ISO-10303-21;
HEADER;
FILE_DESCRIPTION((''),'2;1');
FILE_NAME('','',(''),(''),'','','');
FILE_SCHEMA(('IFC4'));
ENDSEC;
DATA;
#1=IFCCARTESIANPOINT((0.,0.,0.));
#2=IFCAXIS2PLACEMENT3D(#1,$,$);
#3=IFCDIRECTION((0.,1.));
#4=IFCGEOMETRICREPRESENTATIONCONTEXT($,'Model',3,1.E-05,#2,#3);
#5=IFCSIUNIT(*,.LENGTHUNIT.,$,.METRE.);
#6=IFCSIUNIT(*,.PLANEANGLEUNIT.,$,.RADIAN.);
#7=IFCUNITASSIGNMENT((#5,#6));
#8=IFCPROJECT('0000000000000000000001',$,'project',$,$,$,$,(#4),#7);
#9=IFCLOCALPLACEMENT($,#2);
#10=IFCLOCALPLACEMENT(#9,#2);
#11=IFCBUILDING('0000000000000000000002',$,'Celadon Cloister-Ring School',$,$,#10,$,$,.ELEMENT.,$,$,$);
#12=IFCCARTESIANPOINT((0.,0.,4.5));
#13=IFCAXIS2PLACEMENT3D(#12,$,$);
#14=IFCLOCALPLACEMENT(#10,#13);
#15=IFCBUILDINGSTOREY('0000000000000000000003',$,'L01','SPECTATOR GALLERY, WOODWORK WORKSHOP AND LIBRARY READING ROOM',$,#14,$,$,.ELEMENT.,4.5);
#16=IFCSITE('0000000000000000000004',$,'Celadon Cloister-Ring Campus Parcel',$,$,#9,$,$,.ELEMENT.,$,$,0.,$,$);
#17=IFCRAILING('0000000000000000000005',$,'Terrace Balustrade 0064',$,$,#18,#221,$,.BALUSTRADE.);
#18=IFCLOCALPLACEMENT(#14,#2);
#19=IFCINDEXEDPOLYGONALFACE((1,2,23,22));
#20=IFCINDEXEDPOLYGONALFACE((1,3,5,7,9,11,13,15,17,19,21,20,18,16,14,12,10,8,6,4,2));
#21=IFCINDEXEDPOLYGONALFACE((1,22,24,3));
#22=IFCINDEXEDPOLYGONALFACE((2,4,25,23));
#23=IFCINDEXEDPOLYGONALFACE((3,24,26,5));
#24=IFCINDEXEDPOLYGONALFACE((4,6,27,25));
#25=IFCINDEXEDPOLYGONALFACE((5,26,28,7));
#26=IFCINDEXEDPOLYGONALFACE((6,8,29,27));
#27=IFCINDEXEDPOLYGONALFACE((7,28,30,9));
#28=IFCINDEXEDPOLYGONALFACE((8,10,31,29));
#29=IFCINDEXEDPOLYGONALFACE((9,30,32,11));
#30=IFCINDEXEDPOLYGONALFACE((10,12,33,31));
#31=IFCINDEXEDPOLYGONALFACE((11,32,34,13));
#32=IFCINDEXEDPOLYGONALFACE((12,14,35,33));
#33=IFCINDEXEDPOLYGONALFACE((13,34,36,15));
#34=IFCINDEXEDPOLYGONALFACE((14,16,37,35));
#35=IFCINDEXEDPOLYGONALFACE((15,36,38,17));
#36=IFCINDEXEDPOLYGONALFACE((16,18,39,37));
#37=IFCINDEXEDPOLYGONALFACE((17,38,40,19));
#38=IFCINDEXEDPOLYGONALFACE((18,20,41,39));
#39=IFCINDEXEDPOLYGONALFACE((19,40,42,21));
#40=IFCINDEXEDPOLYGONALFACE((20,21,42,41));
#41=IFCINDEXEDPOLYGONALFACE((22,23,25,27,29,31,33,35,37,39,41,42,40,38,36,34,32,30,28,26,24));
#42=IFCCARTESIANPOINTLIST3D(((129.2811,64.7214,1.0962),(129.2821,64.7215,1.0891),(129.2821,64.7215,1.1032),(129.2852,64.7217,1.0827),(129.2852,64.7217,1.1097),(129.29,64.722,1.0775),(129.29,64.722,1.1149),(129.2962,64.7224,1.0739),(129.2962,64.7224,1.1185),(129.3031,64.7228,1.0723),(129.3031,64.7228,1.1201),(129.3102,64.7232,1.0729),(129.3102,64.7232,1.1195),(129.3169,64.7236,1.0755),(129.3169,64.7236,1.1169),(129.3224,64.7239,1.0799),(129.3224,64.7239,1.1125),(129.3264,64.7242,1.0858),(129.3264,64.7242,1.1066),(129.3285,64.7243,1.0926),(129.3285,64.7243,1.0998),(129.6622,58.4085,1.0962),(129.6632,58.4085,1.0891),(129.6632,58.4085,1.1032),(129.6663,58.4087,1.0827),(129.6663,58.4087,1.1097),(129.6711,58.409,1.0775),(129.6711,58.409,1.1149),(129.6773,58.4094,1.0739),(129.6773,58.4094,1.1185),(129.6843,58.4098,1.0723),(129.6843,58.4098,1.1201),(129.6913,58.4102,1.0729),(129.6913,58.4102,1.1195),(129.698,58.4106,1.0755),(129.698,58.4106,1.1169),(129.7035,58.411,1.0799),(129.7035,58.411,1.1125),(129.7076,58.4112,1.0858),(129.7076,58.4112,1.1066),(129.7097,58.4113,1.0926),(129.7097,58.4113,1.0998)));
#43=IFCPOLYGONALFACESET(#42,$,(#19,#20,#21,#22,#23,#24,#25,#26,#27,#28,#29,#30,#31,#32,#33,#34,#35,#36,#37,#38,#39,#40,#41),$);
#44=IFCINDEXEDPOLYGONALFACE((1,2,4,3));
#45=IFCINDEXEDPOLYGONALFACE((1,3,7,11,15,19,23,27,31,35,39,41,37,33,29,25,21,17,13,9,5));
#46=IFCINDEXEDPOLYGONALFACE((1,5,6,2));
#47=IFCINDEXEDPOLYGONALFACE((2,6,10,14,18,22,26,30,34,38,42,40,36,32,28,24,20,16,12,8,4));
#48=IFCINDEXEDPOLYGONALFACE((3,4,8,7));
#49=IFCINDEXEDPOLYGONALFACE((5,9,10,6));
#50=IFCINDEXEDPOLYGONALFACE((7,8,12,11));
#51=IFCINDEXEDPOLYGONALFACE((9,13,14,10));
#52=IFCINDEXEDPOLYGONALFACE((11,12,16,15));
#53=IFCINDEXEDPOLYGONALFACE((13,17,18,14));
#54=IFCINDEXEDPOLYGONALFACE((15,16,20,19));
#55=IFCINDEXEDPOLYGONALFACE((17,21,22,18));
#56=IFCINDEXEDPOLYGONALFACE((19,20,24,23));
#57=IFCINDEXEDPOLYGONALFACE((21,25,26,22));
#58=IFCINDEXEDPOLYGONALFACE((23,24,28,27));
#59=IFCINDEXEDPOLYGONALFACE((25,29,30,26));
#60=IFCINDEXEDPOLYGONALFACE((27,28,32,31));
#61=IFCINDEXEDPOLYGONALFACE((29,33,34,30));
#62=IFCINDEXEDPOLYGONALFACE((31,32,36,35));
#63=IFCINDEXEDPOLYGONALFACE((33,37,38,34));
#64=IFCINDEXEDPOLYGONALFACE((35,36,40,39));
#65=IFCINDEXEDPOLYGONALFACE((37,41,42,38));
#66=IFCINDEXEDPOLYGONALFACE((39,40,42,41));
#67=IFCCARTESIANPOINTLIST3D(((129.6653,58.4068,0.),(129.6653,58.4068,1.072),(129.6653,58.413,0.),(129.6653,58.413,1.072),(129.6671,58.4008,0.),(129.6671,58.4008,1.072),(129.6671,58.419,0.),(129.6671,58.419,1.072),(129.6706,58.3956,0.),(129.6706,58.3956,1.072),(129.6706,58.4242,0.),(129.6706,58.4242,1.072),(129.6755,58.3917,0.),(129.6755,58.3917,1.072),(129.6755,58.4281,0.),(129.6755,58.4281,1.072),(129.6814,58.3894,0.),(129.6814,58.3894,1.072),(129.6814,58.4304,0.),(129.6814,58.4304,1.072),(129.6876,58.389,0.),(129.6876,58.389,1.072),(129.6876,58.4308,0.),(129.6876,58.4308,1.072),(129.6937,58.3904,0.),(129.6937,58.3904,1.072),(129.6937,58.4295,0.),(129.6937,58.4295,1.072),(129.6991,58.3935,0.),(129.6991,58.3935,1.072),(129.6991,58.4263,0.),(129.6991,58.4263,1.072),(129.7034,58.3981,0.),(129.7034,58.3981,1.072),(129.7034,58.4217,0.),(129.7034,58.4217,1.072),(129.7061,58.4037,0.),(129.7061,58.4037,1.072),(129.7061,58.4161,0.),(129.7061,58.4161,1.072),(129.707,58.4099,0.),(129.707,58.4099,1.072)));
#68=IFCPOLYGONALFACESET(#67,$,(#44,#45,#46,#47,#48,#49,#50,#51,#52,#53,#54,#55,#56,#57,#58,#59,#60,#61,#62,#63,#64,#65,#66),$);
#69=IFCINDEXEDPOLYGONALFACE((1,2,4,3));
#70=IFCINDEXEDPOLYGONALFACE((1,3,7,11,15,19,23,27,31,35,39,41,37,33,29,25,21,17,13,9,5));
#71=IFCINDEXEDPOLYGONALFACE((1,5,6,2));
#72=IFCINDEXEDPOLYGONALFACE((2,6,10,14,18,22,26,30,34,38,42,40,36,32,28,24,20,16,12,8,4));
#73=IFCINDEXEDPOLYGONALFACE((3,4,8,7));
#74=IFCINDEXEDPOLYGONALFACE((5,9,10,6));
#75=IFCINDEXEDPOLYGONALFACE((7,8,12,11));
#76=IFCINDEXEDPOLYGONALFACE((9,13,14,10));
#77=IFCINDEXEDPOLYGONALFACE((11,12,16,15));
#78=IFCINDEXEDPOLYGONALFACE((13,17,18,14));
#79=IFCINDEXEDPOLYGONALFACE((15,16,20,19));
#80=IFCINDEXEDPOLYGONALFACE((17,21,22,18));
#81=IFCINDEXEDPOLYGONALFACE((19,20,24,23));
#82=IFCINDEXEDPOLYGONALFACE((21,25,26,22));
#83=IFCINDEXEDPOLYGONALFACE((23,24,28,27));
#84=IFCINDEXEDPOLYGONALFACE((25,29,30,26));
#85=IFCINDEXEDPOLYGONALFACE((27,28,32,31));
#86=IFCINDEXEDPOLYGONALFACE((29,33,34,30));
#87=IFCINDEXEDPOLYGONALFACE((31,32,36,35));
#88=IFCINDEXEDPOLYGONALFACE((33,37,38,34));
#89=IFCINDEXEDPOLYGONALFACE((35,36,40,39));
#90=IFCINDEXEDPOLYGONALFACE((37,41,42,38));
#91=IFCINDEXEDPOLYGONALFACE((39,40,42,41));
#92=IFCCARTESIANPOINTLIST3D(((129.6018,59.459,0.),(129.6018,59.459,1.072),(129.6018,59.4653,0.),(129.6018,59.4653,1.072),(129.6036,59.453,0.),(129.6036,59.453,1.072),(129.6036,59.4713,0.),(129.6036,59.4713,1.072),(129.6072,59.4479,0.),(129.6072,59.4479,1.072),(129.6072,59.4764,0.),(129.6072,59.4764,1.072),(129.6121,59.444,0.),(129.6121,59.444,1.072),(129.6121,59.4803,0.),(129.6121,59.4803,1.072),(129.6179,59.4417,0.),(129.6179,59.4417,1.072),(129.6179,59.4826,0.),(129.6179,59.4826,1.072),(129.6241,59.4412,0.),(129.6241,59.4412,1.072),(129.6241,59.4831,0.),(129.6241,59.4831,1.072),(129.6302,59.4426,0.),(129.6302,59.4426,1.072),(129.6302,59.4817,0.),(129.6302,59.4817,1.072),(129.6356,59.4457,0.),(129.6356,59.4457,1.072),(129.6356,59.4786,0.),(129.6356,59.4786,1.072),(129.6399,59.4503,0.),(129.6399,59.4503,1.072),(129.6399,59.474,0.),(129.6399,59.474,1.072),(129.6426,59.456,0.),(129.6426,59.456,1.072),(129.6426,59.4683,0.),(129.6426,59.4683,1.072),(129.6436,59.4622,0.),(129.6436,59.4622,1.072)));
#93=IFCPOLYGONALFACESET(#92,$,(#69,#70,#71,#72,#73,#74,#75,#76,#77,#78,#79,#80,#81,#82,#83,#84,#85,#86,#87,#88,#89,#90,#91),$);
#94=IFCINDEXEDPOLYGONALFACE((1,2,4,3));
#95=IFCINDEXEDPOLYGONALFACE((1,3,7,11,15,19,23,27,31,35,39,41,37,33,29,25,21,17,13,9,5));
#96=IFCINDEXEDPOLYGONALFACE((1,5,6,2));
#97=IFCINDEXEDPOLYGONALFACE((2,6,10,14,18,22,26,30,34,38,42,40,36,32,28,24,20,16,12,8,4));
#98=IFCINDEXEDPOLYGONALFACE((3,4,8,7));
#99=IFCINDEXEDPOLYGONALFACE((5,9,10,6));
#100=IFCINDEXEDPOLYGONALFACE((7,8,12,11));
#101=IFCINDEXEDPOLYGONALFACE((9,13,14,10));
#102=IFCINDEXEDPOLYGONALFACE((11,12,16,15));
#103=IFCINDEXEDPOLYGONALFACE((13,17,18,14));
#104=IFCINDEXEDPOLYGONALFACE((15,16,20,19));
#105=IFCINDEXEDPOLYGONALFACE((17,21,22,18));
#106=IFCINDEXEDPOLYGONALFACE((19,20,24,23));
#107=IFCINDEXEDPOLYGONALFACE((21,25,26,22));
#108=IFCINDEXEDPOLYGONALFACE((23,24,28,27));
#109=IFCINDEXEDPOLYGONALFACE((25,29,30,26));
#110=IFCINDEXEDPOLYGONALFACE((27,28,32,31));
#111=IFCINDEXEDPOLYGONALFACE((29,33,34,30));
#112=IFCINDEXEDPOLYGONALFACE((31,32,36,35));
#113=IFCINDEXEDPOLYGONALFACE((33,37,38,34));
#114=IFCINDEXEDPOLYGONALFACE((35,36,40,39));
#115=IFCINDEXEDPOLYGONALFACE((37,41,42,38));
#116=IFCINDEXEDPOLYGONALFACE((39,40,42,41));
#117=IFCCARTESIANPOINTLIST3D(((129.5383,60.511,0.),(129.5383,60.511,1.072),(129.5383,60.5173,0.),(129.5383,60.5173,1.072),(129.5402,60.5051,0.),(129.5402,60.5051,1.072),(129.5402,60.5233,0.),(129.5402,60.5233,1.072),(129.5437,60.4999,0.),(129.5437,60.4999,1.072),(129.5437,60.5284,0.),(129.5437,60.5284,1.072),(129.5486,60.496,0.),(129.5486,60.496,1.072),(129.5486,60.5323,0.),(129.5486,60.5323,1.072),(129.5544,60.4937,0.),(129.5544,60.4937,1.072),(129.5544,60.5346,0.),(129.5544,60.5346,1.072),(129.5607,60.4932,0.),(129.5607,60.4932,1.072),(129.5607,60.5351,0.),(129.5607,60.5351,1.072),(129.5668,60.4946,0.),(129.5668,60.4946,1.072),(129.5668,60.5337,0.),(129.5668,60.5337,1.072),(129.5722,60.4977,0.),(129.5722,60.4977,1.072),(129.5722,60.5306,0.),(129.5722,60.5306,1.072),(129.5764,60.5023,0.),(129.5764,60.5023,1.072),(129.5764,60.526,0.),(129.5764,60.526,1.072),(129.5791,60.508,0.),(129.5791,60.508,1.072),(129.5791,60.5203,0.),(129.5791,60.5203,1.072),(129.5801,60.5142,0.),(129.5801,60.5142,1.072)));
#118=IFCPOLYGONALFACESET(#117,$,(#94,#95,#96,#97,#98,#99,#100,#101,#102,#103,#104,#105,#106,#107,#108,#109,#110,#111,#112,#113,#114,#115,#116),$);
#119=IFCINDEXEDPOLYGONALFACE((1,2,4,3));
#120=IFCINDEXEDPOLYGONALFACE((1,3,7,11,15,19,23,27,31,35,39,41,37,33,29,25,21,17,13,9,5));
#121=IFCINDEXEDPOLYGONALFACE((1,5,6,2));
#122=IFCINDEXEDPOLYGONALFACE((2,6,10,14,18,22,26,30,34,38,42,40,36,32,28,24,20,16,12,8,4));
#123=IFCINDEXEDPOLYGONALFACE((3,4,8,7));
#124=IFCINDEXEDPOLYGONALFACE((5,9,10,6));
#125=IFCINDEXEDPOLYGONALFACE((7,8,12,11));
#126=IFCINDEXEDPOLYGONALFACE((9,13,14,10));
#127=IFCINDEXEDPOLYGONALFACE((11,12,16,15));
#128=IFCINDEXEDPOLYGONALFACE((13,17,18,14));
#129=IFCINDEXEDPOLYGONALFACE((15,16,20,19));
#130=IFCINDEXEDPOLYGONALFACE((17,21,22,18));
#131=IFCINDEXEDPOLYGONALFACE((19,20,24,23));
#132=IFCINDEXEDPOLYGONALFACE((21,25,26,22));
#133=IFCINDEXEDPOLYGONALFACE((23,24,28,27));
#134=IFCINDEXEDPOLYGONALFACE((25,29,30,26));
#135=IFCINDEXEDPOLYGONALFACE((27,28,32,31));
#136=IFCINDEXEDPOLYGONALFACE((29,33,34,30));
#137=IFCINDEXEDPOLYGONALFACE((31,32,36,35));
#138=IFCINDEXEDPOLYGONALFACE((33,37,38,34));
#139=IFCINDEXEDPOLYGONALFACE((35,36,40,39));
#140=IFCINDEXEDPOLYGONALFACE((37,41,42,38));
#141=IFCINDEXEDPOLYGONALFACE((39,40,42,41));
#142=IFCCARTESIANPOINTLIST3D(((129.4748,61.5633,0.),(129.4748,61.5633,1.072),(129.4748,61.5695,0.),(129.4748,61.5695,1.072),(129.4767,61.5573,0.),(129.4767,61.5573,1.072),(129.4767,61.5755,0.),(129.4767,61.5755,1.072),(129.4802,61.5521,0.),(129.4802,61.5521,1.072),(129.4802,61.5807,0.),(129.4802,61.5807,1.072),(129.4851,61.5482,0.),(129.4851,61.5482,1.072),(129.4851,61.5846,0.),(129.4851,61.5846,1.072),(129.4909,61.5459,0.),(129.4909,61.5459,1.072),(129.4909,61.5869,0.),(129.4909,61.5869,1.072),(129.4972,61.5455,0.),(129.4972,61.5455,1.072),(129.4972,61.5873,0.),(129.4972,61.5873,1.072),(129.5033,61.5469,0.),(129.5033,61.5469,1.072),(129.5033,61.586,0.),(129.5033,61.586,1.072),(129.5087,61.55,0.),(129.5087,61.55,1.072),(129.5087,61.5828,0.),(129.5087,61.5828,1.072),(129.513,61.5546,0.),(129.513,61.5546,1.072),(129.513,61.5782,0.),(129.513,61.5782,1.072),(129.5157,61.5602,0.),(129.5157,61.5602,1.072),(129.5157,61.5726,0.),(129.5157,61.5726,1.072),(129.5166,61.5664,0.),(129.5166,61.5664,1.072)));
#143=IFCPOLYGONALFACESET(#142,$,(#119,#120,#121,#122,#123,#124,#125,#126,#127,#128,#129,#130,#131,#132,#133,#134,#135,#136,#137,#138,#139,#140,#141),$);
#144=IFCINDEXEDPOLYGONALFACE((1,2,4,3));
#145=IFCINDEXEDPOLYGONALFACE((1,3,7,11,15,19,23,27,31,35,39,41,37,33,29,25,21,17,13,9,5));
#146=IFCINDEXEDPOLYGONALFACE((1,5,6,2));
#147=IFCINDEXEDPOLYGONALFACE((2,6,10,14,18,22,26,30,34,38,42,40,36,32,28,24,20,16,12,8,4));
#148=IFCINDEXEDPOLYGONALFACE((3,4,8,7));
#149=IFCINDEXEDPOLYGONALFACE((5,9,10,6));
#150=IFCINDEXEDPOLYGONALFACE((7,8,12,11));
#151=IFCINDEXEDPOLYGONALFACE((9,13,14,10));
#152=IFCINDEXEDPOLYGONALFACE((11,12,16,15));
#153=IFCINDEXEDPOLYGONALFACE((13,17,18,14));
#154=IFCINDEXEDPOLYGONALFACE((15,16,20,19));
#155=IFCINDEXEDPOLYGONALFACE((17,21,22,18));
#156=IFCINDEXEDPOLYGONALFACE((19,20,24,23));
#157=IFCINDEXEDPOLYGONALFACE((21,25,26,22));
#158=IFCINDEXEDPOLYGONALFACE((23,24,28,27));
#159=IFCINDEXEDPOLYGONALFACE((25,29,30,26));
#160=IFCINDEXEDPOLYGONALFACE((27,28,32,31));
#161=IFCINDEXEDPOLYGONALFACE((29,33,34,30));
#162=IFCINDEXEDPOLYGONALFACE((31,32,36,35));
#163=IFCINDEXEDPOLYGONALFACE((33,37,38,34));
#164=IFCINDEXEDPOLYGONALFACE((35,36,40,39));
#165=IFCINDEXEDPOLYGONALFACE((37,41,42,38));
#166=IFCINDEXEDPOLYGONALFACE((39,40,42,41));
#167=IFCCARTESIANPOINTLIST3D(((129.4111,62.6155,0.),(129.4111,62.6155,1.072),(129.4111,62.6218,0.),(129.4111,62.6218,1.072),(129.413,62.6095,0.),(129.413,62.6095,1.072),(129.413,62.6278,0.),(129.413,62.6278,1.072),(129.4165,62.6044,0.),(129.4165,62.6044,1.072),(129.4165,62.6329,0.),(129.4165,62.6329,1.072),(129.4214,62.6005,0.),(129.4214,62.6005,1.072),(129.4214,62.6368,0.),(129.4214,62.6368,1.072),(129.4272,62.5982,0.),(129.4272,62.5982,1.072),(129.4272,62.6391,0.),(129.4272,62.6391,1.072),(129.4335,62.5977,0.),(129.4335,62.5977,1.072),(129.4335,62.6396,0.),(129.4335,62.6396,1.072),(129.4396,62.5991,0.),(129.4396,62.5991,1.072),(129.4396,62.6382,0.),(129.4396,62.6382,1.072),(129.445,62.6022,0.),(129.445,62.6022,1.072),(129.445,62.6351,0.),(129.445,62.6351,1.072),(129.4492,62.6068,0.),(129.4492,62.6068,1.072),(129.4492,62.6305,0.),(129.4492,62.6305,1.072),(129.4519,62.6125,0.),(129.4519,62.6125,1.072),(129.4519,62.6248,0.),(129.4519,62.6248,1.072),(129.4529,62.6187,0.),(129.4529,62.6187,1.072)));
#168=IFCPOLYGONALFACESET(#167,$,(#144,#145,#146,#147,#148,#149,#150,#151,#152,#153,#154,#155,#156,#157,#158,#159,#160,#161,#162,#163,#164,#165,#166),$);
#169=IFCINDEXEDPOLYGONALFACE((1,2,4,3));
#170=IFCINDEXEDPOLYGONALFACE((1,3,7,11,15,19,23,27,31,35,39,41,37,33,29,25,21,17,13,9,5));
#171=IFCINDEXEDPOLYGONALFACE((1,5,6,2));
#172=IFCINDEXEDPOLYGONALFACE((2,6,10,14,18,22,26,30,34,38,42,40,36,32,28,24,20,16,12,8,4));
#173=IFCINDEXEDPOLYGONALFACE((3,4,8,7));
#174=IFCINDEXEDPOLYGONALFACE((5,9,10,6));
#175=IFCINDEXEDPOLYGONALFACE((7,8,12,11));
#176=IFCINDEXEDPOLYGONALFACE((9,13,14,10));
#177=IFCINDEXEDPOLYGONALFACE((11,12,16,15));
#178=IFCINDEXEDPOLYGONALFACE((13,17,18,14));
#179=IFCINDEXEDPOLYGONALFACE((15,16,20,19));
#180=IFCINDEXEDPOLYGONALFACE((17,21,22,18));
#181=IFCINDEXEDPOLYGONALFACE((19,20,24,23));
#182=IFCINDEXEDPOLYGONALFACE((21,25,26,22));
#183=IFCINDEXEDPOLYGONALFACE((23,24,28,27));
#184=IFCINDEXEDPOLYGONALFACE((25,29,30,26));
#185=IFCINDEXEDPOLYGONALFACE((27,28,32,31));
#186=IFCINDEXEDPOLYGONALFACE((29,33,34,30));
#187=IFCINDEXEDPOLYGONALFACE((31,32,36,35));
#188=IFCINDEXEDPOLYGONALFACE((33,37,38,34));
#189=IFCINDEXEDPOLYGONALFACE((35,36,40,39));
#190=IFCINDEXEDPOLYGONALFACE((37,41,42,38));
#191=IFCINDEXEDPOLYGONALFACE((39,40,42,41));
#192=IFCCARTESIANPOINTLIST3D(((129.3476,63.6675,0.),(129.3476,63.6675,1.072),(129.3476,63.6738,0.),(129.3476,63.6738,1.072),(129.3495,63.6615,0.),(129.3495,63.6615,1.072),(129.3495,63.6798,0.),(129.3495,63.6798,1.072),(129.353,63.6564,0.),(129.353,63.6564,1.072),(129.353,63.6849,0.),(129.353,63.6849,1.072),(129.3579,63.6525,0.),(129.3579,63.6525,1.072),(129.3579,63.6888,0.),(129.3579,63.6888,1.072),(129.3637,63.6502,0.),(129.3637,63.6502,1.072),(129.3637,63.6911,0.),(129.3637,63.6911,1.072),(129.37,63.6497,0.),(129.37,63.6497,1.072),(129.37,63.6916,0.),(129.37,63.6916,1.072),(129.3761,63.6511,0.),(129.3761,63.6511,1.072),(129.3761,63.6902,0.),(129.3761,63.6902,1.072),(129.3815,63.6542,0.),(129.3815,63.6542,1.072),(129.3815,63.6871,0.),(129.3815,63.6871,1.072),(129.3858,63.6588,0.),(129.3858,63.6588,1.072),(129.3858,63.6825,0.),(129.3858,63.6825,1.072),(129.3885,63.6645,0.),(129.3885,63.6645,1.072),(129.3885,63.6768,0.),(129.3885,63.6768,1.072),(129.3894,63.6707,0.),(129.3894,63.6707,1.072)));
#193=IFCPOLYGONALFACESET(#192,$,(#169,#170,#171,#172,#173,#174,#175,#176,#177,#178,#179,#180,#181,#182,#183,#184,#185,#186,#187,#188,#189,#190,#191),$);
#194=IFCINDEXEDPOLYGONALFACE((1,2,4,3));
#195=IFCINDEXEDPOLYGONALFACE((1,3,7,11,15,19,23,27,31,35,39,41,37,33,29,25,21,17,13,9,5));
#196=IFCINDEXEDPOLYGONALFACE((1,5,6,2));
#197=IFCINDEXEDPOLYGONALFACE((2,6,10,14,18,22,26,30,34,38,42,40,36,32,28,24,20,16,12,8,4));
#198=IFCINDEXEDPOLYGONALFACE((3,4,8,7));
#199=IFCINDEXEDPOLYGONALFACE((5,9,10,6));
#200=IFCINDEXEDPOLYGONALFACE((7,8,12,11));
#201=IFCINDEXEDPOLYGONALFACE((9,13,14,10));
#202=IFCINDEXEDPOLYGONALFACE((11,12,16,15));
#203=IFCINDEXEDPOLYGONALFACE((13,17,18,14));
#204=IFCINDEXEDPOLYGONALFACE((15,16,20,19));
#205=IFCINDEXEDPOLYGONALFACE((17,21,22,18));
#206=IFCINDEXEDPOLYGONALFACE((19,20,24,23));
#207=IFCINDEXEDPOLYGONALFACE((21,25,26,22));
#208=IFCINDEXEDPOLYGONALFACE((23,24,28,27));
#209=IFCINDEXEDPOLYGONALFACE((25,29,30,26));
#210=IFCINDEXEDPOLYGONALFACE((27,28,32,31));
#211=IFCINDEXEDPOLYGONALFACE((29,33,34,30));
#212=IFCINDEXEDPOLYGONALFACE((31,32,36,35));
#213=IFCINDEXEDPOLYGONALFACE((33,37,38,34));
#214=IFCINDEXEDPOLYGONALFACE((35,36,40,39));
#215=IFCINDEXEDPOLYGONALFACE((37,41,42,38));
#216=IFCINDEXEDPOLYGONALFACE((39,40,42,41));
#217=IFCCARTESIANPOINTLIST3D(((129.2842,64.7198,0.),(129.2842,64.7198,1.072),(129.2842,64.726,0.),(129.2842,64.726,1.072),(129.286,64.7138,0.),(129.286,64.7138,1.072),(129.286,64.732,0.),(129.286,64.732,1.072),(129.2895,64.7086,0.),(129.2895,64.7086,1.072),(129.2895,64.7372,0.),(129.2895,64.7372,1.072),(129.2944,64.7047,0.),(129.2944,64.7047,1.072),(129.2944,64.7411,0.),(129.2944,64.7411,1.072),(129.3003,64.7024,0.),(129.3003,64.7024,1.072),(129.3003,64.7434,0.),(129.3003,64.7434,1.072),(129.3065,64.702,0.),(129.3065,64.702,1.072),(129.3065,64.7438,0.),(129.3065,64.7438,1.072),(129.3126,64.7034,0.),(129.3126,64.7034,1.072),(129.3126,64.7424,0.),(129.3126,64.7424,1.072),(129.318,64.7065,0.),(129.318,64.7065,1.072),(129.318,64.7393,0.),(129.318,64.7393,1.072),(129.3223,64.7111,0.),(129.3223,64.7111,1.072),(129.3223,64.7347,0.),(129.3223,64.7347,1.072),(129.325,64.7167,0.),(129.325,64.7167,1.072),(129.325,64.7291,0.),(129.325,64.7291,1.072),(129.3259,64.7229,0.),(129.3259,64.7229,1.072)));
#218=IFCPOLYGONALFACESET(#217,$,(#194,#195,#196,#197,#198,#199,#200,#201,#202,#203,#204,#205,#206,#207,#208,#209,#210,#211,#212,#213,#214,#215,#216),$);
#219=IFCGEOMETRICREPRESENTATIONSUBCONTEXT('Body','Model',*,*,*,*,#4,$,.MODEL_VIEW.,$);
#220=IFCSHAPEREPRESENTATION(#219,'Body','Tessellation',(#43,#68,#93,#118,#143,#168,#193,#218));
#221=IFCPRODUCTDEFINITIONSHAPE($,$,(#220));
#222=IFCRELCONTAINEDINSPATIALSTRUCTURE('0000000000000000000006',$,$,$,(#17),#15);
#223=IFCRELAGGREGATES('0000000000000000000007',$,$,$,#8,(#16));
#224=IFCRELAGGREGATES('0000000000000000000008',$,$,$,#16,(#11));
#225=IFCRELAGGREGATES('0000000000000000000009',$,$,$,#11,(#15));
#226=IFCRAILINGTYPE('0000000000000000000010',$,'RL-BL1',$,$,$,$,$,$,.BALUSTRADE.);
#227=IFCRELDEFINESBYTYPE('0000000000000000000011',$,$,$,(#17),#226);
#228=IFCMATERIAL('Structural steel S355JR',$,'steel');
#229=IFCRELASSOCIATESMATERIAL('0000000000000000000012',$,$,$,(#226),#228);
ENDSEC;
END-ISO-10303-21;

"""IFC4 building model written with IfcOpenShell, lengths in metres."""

from ifc_helpers import new_model, si_unit, direction, frame, origin, origin_2d, place, context, subcontext, project, spatial, circle, extrude, material, type_object, element, save


model = new_model("IFC4")

# Units and contexts
model_context = context("Model", 3, precision=1e-05, world=origin(), true_north=direction((0.0, 1.0)))
body_context = subcontext(model_context, "Body", "Model", "MODEL_VIEW")
ifc_project = project(units=[si_unit("LENGTHUNIT", "METRE"), si_unit("PLANEANGLEUNIT", "RADIAN")], contexts=[model_context])

# Site, building, storey
site_placement = place(None, origin())
site = spatial("IfcSite", under=ifc_project, at=site_placement, Name="Celadon Cloister-Ring Campus Parcel", CompositionType="ELEMENT", RefElevation=0.0)
building_placement = place(site_placement, origin())
building = spatial("IfcBuilding", under=site, at=building_placement, Name="Celadon Cloister-Ring School", CompositionType="ELEMENT")
storey_placement = place(building_placement, frame((0.0, 0.0, 4.5)))
storey = spatial("IfcBuildingStorey", under=building, at=storey_placement, Name="L01", Description="SPECTATOR GALLERY, WOODWORK WORKSHOP AND LIBRARY READING ROOM", CompositionType="ELEMENT", Elevation=4.5)

# Railing
ifc_material_1 = material(Name="Structural steel S355JR", Category="steel")
railing_type_1 = type_object("IfcRailingType", Name="RL-BL1", PredefinedType="BALUSTRADE", material=ifc_material_1)
railing_1_placement = place(storey_placement, frame((129.686, 58.4099, 0.0)))
element("IfcRailing", 1, at=railing_1_placement, inside=storey, type_object=railing_type_1, Name="Terrace Balustrade 0064", PredefinedType="BALUSTRADE", context=body_context, shape_type="SweptSolid", body=[
    extrude(circle(Radius=0.0239, at=origin_2d()), frame((0.0, 0.0, 1.0962), z_axis=(-0.060258, 0.998183, 0.0), x_axis=(-0.998183, -0.060258, 0.0)), (0.0, 0.0, 1.0), 6.3245),
    extrude(circle(Radius=0.021, at=origin_2d()), origin(), (0.0, 0.0, 1.0), 1.072),
    extrude(circle(Radius=0.021, at=origin_2d()), frame((-0.0635, 1.0522, 0.0)), (0.0, 0.0, 1.0), 1.072),
    extrude(circle(Radius=0.021, at=origin_2d()), frame((-0.127, 2.1042, 0.0)), (0.0, 0.0, 1.0), 1.072),
    extrude(circle(Radius=0.021, at=origin_2d()), frame((-0.1904, 3.1565, 0.0)), (0.0, 0.0, 1.0), 1.072),
    extrude(circle(Radius=0.021, at=origin_2d()), frame((-0.2542, 4.2087, 0.0)), (0.0, 0.0, 1.0), 1.072),
    extrude(circle(Radius=0.021, at=origin_2d()), frame((-0.3176, 5.2607, 0.0)), (0.0, 0.0, 1.0), 1.072),
    extrude(circle(Radius=0.021, at=origin_2d()), frame((-0.3811, 6.313, 0.0)), (0.0, 0.0, 1.0), 1.072),
])

save(model, "model.ifc")
